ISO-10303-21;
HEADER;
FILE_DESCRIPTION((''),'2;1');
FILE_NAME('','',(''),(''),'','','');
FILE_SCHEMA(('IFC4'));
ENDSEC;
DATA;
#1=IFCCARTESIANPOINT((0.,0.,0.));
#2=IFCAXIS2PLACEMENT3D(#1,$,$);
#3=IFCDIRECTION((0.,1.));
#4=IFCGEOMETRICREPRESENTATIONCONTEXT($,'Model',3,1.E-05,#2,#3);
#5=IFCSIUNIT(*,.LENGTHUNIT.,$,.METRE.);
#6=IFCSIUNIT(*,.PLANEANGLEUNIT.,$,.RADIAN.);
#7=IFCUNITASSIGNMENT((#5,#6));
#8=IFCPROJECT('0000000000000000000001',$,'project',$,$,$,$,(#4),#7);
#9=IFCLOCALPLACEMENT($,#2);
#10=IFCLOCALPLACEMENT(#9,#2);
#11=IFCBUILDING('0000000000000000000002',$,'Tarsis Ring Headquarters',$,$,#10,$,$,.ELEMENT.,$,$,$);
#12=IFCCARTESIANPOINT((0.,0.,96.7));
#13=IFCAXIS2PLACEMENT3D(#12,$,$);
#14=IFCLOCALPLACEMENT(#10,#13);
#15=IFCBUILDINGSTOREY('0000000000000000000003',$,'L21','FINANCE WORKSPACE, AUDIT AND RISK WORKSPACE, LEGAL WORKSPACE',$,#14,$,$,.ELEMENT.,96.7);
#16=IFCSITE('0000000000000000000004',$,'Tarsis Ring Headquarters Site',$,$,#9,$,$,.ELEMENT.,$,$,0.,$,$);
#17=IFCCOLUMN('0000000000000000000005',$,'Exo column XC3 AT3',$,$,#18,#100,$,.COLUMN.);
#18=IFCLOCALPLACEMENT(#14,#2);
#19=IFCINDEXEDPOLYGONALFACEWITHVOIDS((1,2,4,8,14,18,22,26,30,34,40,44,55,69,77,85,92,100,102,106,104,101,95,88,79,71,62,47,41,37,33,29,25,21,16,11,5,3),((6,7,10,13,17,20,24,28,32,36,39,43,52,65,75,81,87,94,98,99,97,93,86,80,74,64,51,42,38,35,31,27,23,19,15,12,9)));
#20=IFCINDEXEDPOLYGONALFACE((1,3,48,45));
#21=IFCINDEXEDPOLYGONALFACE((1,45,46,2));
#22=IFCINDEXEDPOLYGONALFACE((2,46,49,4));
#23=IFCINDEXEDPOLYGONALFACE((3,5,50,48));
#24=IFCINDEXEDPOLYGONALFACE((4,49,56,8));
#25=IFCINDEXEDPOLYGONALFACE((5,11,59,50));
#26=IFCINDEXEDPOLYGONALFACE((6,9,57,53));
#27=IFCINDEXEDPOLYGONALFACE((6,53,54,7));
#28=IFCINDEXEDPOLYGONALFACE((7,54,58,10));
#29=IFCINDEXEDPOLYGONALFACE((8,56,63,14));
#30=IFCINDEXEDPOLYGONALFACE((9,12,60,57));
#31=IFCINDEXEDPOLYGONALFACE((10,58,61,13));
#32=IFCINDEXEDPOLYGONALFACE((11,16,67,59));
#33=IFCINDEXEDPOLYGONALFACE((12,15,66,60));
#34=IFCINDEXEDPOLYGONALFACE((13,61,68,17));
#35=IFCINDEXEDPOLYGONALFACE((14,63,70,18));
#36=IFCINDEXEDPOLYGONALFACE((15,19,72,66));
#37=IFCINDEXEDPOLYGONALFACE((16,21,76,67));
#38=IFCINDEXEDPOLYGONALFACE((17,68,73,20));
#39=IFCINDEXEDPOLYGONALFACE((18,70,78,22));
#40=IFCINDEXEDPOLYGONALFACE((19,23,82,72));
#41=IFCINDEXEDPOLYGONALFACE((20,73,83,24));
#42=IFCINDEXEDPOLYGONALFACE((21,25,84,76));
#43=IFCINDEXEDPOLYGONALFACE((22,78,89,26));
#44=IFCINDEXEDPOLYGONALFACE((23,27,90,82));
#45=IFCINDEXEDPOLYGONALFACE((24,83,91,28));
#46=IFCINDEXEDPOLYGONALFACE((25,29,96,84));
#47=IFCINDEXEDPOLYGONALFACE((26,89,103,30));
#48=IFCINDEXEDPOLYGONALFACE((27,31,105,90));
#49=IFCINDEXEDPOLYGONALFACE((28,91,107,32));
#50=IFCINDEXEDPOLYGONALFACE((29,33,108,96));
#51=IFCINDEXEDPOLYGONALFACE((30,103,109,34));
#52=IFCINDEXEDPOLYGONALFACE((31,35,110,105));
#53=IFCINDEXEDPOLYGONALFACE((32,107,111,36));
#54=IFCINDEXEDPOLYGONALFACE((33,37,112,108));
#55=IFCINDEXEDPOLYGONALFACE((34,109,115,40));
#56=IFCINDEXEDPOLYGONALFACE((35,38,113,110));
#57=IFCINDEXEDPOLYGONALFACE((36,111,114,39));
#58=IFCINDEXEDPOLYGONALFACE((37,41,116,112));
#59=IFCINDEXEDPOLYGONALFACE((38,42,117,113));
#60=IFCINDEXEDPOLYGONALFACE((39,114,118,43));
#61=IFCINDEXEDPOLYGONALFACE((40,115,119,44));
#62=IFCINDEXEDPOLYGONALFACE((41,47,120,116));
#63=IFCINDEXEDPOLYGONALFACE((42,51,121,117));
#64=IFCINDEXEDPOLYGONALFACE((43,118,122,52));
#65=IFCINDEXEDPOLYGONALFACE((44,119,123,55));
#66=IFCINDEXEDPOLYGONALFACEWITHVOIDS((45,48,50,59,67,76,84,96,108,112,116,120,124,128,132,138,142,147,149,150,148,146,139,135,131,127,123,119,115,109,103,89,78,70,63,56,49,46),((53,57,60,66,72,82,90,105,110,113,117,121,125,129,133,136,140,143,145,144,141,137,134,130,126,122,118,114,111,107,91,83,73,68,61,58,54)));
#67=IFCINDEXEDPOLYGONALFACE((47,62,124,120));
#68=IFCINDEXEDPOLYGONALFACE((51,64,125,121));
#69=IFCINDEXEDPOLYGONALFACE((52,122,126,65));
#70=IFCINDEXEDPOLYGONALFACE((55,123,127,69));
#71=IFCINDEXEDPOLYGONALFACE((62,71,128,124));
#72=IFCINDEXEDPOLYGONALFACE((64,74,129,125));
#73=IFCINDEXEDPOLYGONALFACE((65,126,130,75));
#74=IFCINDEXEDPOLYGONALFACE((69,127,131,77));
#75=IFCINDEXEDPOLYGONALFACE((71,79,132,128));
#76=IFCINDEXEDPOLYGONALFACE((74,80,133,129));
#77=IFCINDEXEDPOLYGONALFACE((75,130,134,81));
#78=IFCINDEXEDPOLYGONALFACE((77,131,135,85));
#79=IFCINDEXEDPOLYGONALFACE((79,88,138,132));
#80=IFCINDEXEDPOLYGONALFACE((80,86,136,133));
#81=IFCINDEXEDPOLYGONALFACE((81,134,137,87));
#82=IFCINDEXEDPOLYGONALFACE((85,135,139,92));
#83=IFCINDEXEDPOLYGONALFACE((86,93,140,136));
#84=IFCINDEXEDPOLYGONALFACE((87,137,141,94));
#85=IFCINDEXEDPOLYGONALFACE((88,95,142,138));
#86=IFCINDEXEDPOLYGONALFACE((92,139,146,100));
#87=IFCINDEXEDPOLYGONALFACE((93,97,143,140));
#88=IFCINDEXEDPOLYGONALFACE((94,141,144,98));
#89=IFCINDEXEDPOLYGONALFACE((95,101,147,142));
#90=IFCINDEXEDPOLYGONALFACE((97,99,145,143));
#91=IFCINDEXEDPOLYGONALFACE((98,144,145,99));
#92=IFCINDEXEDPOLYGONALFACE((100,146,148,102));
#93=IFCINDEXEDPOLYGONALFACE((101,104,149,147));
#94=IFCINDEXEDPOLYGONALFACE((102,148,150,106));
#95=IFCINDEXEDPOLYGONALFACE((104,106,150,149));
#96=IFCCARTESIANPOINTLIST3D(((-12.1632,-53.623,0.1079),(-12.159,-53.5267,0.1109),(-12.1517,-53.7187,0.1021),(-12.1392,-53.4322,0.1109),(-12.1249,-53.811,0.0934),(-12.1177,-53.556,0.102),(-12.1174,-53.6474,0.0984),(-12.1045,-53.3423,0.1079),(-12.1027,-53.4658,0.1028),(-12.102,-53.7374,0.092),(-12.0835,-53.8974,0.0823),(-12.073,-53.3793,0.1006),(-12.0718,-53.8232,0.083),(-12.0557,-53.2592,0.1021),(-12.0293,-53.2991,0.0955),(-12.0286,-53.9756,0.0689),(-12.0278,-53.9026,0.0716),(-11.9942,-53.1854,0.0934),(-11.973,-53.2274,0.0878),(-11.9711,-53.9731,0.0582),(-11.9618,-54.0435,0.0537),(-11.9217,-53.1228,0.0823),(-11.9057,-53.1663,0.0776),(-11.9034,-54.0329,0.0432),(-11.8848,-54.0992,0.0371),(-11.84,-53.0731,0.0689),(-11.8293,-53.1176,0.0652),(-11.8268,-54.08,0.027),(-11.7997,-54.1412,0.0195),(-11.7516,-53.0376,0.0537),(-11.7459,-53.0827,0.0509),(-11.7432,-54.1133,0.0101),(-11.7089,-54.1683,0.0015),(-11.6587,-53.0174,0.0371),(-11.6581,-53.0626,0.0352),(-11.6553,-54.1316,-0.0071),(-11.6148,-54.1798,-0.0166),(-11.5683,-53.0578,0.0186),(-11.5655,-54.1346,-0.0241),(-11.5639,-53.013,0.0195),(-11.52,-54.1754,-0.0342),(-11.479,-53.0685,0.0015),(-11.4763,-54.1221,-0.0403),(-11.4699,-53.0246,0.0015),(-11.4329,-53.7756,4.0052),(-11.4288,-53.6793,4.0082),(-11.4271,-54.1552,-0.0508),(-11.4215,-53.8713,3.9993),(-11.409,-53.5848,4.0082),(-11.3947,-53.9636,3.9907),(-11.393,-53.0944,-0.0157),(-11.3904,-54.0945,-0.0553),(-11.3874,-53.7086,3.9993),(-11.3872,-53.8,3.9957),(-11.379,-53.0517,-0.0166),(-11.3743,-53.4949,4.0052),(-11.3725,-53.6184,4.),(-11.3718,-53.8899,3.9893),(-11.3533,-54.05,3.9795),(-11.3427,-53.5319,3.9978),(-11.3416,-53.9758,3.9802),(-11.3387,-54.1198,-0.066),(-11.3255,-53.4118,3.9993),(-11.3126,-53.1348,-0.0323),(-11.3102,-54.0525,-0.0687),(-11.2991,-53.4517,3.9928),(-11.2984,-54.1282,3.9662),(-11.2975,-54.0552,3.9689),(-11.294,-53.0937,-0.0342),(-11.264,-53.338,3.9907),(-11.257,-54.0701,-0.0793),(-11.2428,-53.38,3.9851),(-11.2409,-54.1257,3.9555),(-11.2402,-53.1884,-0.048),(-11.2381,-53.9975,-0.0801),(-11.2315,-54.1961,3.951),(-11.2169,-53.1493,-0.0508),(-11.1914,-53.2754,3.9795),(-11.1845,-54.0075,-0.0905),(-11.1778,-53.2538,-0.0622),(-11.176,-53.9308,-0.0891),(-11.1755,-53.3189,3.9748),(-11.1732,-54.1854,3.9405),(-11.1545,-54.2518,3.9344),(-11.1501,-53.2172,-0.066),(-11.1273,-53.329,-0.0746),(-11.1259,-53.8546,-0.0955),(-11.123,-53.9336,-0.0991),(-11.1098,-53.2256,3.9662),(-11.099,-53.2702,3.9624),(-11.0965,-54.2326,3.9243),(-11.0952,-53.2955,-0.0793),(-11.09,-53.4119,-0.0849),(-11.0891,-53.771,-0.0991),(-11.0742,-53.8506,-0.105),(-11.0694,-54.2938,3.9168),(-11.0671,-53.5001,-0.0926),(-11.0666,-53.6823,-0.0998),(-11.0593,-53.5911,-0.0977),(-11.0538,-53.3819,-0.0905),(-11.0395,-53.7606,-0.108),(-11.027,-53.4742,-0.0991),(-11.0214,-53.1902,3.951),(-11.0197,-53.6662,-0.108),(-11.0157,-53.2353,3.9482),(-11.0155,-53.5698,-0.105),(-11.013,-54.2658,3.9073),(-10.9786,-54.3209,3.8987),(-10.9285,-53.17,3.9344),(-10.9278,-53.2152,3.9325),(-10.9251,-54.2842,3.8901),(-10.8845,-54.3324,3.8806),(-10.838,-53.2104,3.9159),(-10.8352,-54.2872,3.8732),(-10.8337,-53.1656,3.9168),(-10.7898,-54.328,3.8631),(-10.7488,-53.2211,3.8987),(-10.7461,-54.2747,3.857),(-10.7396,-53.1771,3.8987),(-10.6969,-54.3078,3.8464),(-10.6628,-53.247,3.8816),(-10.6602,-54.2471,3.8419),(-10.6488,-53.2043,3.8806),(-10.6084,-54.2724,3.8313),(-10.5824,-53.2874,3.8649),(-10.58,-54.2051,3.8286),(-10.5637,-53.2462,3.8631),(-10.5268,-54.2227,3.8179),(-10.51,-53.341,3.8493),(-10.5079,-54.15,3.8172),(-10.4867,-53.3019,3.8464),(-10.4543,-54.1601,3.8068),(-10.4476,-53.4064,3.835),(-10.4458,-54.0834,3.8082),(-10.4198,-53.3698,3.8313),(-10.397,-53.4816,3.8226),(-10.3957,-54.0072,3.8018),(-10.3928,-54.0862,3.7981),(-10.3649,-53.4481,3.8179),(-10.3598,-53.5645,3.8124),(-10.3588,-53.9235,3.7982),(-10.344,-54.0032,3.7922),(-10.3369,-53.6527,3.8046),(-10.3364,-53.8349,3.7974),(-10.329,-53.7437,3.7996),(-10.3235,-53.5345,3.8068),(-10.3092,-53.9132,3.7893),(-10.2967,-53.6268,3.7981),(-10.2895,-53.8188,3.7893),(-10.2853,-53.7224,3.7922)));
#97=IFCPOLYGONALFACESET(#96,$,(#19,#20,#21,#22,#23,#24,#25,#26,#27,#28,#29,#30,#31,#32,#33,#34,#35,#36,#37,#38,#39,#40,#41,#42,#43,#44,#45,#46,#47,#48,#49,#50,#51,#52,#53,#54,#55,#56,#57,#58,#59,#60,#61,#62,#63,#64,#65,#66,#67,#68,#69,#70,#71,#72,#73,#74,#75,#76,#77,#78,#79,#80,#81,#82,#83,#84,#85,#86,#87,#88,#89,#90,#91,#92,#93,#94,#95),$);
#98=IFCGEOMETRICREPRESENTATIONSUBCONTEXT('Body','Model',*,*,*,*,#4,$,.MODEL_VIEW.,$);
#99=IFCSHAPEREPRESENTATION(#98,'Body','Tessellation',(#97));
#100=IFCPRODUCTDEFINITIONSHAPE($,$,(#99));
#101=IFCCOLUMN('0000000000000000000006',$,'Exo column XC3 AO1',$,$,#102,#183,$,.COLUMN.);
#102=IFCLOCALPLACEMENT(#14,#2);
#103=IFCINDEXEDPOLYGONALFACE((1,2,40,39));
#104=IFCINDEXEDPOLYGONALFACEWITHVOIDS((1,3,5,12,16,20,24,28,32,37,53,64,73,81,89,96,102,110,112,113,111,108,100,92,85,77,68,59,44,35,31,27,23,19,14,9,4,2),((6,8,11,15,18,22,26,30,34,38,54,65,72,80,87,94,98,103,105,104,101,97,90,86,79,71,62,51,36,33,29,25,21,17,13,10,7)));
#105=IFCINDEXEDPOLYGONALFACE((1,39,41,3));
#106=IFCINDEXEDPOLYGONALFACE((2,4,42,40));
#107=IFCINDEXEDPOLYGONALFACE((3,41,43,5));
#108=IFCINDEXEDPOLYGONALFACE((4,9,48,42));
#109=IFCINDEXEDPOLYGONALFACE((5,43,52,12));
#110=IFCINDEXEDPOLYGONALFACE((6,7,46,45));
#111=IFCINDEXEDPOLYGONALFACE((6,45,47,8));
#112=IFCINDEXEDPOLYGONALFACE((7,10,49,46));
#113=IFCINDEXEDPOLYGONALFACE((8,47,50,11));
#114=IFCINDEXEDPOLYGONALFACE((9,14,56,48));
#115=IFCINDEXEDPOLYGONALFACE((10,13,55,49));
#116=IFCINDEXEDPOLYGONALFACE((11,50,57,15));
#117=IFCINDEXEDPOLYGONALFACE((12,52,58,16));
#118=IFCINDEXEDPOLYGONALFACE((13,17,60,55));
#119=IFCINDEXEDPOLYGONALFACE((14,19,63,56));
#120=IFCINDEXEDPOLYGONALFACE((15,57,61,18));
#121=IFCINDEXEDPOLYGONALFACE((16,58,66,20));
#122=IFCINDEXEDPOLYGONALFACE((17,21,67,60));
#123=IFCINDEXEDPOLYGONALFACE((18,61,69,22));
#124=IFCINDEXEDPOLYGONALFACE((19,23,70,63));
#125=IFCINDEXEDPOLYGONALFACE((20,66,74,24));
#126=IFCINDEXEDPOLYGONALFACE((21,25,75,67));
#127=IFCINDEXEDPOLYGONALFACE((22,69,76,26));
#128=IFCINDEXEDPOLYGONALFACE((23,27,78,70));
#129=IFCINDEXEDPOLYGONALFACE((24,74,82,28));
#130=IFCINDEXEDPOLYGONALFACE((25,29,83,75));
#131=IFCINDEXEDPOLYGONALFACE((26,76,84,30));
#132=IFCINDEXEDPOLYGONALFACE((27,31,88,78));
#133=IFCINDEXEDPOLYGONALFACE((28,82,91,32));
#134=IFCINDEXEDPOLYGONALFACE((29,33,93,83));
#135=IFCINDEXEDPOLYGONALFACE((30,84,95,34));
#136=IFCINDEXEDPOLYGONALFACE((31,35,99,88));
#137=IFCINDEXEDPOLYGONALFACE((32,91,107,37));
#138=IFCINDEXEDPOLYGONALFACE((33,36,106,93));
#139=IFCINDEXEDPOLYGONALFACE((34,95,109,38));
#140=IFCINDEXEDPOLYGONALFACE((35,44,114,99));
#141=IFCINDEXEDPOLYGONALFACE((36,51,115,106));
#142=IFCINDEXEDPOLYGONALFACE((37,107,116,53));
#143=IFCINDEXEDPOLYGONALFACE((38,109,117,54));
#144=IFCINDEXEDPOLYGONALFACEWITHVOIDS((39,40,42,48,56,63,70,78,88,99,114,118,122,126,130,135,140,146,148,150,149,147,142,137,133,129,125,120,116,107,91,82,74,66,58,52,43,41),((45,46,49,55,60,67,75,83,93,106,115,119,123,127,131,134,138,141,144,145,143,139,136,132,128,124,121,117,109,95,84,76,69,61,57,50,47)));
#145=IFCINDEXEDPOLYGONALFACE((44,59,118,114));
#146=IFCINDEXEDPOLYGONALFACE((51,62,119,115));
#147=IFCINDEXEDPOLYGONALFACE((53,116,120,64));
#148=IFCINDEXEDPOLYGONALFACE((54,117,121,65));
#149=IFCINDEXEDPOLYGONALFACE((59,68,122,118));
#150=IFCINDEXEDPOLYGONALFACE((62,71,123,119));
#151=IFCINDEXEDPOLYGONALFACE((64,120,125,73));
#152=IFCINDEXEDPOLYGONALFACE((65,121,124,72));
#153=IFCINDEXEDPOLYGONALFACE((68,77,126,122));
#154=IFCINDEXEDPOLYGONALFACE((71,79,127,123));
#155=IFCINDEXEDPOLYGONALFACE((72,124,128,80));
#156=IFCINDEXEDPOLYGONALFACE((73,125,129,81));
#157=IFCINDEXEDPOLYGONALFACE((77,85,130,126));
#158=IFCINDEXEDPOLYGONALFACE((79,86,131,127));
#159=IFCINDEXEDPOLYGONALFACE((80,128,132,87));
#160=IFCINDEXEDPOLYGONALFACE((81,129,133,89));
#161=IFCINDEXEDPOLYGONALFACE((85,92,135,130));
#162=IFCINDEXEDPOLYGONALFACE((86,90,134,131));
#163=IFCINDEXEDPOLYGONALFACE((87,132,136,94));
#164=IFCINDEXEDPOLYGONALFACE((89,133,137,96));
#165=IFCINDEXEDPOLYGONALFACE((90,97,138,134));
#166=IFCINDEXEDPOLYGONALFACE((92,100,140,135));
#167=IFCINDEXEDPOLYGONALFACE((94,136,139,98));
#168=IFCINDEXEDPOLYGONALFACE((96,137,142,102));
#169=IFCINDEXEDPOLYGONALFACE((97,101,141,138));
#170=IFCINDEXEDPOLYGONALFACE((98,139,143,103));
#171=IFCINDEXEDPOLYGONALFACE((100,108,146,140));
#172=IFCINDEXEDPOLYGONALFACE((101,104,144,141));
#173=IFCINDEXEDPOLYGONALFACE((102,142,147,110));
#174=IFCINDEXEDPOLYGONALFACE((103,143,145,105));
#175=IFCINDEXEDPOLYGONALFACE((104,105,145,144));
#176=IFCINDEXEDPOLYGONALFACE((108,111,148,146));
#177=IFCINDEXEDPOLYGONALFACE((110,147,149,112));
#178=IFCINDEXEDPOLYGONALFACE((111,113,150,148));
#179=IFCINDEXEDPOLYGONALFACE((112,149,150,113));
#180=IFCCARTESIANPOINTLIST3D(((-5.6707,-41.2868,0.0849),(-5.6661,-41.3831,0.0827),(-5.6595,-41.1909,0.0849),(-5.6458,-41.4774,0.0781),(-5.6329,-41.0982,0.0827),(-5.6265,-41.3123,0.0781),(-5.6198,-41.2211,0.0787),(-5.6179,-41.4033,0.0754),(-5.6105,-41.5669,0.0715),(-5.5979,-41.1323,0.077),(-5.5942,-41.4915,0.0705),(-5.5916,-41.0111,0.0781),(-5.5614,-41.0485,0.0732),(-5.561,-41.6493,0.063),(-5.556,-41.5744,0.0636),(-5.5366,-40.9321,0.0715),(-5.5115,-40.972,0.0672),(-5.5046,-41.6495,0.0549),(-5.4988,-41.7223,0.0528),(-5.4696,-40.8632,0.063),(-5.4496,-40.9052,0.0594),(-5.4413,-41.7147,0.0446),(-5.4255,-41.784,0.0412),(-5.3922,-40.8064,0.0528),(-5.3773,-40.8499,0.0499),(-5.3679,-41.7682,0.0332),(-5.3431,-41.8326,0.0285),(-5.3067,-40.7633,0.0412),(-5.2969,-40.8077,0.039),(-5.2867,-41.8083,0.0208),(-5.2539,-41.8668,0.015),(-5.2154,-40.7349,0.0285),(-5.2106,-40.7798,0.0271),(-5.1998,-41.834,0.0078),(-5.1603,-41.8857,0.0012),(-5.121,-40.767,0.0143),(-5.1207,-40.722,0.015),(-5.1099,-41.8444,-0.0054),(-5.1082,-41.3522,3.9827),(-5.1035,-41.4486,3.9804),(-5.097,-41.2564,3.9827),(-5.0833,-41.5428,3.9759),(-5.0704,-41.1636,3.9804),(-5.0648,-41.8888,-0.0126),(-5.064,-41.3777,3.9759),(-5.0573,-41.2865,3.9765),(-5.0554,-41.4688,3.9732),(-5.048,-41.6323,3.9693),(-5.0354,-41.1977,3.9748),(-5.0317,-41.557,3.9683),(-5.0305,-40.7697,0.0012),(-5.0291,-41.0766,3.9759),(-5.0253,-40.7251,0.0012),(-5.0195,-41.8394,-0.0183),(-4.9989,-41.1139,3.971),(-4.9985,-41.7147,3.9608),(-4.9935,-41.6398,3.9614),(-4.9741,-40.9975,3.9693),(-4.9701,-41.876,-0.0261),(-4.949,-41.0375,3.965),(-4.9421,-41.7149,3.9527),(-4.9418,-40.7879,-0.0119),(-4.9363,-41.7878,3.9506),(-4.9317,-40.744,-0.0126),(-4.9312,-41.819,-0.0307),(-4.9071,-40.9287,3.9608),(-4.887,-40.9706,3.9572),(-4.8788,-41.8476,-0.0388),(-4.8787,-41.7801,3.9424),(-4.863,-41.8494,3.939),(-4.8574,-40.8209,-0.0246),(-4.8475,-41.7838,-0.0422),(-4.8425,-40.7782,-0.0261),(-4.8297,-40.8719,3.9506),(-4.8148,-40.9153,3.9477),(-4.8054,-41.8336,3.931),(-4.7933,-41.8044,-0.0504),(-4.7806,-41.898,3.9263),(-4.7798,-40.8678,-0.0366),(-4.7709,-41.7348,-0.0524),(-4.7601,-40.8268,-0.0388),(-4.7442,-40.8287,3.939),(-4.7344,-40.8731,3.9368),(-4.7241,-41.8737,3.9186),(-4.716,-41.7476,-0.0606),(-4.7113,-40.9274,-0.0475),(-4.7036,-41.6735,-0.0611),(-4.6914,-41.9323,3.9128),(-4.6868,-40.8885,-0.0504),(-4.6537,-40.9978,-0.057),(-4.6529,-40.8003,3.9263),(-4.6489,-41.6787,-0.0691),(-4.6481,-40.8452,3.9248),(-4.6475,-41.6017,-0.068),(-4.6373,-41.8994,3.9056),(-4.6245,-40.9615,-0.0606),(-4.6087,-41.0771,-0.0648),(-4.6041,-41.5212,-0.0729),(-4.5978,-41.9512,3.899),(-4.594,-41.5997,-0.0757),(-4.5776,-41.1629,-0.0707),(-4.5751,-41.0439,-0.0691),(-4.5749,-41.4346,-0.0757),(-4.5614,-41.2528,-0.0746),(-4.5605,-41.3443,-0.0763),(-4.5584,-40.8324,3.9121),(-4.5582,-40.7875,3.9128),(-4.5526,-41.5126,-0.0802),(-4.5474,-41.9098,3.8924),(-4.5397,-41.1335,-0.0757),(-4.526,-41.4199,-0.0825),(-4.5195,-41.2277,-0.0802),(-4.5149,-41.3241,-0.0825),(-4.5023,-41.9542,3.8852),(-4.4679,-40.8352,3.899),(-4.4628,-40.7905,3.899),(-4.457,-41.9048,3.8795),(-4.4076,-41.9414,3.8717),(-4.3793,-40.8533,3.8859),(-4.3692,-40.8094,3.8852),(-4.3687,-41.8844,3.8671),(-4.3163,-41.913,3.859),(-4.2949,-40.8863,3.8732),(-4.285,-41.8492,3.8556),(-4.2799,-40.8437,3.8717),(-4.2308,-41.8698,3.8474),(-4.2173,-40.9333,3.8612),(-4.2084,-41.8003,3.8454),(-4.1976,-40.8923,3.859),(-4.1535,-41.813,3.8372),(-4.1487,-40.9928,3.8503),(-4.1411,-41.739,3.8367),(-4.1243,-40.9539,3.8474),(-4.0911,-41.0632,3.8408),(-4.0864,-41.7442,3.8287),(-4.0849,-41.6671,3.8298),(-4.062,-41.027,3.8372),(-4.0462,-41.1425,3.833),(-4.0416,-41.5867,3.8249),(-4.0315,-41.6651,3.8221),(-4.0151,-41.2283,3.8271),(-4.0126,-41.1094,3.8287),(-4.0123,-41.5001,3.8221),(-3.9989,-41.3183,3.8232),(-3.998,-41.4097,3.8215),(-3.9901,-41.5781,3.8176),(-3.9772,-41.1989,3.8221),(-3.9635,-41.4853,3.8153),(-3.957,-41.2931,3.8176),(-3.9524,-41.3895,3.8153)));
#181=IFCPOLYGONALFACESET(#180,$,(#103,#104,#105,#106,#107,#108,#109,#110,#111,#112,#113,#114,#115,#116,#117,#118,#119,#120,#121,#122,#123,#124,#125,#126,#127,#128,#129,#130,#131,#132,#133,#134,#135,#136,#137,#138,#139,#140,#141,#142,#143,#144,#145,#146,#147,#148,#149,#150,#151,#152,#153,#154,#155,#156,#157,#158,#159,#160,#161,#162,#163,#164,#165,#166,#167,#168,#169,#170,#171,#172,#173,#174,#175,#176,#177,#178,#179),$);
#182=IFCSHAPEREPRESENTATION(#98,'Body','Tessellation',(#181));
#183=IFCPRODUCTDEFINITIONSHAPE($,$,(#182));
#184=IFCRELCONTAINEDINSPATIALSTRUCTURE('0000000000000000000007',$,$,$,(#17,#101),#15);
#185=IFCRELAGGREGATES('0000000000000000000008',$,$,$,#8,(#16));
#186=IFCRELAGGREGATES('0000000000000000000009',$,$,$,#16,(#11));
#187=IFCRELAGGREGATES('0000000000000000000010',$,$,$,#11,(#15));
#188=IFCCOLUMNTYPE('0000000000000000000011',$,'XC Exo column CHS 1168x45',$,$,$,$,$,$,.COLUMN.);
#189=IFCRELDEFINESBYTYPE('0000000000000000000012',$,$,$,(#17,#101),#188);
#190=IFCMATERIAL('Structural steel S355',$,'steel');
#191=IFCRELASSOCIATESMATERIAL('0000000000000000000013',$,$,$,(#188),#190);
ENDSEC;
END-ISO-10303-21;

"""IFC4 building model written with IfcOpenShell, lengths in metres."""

from ifc_helpers import new_model, si_unit, direction, frame, origin, origin_2d, place, context, subcontext, project, spatial, hollow_circle, extrude, material, material_profile, profile_set, type_object, element, save


model = new_model("IFC4")

# Units and contexts
model_context = context("Model", 3, precision=1e-05, world=origin(), true_north=direction((0.0, 1.0)))
body_context = subcontext(model_context, "Body", "Model", "MODEL_VIEW")
ifc_project = project(units=[si_unit("LENGTHUNIT", "METRE"), si_unit("PLANEANGLEUNIT", "RADIAN")], contexts=[model_context])

# Site, building, storey
site_placement = place(None, origin())
site = spatial("IfcSite", under=ifc_project, at=site_placement, Name="Tarsis Ring Headquarters Site", CompositionType="ELEMENT", RefElevation=0.0)
building_placement = place(site_placement, origin())
building = spatial("IfcBuilding", under=site, at=building_placement, Name="Tarsis Ring Headquarters", CompositionType="ELEMENT")
storey_placement = place(building_placement, frame((0.0, 0.0, 96.7)))
storey = spatial("IfcBuildingStorey", under=building, at=storey_placement, Name="L21", Description="FINANCE WORKSPACE, AUDIT AND RISK WORKSPACE, LEGAL WORKSPACE", CompositionType="ELEMENT", Elevation=96.7)

# Columns
ifc_material_1 = material(Name="Structural steel S355", Category="steel")
ifc_material_profile_1 = material_profile(ifc_material_1, hollow_circle(Radius=0.5842, WallThickness=0.0449, at=origin_2d()), Name="CHS 1168x45")
ifc_profile_set_1 = profile_set([ifc_material_profile_1], Name="Structural steel S355")
column_type = type_object("IfcColumnType", Name="XC Exo column CHS 1168x45", PredefinedType="COLUMN", material=ifc_profile_set_1)
column_1_placement = place(storey_placement, frame((-11.5894, -53.5964, 0.0015), z_axis=(0.18403, -0.038455, 0.982168), x_axis=(0.204542, 0.978858, 0.0)))
element("IfcColumn", 1, at=column_1_placement, inside=storey, type_object=column_type, Name="Exo column XC3 AT3", PredefinedType="COLUMN", context=body_context, shape_type="SweptSolid", body=[
    extrude(hollow_circle(Radius=0.5842, WallThickness=0.0449, at=origin_2d()), origin(), (0.0, 0.0, 1.0), 3.968),
])
column_2_placement = place(storey_placement, frame((-5.0928, -41.3054, 0.0012), z_axis=(0.142816, -0.016612, 0.98961), x_axis=(0.11554, 0.993303, 0.0)))
element("IfcColumn", 2, at=column_2_placement, inside=storey, type_object=column_type, Name="Exo column XC3 AO1", PredefinedType="COLUMN", context=body_context, shape_type="SweptSolid", body=[
    extrude(hollow_circle(Radius=0.5842, WallThickness=0.0449, at=origin_2d()), origin(), (0.0, 0.0, 1.0), 3.9387),
])

save(model, "model.ifc")
